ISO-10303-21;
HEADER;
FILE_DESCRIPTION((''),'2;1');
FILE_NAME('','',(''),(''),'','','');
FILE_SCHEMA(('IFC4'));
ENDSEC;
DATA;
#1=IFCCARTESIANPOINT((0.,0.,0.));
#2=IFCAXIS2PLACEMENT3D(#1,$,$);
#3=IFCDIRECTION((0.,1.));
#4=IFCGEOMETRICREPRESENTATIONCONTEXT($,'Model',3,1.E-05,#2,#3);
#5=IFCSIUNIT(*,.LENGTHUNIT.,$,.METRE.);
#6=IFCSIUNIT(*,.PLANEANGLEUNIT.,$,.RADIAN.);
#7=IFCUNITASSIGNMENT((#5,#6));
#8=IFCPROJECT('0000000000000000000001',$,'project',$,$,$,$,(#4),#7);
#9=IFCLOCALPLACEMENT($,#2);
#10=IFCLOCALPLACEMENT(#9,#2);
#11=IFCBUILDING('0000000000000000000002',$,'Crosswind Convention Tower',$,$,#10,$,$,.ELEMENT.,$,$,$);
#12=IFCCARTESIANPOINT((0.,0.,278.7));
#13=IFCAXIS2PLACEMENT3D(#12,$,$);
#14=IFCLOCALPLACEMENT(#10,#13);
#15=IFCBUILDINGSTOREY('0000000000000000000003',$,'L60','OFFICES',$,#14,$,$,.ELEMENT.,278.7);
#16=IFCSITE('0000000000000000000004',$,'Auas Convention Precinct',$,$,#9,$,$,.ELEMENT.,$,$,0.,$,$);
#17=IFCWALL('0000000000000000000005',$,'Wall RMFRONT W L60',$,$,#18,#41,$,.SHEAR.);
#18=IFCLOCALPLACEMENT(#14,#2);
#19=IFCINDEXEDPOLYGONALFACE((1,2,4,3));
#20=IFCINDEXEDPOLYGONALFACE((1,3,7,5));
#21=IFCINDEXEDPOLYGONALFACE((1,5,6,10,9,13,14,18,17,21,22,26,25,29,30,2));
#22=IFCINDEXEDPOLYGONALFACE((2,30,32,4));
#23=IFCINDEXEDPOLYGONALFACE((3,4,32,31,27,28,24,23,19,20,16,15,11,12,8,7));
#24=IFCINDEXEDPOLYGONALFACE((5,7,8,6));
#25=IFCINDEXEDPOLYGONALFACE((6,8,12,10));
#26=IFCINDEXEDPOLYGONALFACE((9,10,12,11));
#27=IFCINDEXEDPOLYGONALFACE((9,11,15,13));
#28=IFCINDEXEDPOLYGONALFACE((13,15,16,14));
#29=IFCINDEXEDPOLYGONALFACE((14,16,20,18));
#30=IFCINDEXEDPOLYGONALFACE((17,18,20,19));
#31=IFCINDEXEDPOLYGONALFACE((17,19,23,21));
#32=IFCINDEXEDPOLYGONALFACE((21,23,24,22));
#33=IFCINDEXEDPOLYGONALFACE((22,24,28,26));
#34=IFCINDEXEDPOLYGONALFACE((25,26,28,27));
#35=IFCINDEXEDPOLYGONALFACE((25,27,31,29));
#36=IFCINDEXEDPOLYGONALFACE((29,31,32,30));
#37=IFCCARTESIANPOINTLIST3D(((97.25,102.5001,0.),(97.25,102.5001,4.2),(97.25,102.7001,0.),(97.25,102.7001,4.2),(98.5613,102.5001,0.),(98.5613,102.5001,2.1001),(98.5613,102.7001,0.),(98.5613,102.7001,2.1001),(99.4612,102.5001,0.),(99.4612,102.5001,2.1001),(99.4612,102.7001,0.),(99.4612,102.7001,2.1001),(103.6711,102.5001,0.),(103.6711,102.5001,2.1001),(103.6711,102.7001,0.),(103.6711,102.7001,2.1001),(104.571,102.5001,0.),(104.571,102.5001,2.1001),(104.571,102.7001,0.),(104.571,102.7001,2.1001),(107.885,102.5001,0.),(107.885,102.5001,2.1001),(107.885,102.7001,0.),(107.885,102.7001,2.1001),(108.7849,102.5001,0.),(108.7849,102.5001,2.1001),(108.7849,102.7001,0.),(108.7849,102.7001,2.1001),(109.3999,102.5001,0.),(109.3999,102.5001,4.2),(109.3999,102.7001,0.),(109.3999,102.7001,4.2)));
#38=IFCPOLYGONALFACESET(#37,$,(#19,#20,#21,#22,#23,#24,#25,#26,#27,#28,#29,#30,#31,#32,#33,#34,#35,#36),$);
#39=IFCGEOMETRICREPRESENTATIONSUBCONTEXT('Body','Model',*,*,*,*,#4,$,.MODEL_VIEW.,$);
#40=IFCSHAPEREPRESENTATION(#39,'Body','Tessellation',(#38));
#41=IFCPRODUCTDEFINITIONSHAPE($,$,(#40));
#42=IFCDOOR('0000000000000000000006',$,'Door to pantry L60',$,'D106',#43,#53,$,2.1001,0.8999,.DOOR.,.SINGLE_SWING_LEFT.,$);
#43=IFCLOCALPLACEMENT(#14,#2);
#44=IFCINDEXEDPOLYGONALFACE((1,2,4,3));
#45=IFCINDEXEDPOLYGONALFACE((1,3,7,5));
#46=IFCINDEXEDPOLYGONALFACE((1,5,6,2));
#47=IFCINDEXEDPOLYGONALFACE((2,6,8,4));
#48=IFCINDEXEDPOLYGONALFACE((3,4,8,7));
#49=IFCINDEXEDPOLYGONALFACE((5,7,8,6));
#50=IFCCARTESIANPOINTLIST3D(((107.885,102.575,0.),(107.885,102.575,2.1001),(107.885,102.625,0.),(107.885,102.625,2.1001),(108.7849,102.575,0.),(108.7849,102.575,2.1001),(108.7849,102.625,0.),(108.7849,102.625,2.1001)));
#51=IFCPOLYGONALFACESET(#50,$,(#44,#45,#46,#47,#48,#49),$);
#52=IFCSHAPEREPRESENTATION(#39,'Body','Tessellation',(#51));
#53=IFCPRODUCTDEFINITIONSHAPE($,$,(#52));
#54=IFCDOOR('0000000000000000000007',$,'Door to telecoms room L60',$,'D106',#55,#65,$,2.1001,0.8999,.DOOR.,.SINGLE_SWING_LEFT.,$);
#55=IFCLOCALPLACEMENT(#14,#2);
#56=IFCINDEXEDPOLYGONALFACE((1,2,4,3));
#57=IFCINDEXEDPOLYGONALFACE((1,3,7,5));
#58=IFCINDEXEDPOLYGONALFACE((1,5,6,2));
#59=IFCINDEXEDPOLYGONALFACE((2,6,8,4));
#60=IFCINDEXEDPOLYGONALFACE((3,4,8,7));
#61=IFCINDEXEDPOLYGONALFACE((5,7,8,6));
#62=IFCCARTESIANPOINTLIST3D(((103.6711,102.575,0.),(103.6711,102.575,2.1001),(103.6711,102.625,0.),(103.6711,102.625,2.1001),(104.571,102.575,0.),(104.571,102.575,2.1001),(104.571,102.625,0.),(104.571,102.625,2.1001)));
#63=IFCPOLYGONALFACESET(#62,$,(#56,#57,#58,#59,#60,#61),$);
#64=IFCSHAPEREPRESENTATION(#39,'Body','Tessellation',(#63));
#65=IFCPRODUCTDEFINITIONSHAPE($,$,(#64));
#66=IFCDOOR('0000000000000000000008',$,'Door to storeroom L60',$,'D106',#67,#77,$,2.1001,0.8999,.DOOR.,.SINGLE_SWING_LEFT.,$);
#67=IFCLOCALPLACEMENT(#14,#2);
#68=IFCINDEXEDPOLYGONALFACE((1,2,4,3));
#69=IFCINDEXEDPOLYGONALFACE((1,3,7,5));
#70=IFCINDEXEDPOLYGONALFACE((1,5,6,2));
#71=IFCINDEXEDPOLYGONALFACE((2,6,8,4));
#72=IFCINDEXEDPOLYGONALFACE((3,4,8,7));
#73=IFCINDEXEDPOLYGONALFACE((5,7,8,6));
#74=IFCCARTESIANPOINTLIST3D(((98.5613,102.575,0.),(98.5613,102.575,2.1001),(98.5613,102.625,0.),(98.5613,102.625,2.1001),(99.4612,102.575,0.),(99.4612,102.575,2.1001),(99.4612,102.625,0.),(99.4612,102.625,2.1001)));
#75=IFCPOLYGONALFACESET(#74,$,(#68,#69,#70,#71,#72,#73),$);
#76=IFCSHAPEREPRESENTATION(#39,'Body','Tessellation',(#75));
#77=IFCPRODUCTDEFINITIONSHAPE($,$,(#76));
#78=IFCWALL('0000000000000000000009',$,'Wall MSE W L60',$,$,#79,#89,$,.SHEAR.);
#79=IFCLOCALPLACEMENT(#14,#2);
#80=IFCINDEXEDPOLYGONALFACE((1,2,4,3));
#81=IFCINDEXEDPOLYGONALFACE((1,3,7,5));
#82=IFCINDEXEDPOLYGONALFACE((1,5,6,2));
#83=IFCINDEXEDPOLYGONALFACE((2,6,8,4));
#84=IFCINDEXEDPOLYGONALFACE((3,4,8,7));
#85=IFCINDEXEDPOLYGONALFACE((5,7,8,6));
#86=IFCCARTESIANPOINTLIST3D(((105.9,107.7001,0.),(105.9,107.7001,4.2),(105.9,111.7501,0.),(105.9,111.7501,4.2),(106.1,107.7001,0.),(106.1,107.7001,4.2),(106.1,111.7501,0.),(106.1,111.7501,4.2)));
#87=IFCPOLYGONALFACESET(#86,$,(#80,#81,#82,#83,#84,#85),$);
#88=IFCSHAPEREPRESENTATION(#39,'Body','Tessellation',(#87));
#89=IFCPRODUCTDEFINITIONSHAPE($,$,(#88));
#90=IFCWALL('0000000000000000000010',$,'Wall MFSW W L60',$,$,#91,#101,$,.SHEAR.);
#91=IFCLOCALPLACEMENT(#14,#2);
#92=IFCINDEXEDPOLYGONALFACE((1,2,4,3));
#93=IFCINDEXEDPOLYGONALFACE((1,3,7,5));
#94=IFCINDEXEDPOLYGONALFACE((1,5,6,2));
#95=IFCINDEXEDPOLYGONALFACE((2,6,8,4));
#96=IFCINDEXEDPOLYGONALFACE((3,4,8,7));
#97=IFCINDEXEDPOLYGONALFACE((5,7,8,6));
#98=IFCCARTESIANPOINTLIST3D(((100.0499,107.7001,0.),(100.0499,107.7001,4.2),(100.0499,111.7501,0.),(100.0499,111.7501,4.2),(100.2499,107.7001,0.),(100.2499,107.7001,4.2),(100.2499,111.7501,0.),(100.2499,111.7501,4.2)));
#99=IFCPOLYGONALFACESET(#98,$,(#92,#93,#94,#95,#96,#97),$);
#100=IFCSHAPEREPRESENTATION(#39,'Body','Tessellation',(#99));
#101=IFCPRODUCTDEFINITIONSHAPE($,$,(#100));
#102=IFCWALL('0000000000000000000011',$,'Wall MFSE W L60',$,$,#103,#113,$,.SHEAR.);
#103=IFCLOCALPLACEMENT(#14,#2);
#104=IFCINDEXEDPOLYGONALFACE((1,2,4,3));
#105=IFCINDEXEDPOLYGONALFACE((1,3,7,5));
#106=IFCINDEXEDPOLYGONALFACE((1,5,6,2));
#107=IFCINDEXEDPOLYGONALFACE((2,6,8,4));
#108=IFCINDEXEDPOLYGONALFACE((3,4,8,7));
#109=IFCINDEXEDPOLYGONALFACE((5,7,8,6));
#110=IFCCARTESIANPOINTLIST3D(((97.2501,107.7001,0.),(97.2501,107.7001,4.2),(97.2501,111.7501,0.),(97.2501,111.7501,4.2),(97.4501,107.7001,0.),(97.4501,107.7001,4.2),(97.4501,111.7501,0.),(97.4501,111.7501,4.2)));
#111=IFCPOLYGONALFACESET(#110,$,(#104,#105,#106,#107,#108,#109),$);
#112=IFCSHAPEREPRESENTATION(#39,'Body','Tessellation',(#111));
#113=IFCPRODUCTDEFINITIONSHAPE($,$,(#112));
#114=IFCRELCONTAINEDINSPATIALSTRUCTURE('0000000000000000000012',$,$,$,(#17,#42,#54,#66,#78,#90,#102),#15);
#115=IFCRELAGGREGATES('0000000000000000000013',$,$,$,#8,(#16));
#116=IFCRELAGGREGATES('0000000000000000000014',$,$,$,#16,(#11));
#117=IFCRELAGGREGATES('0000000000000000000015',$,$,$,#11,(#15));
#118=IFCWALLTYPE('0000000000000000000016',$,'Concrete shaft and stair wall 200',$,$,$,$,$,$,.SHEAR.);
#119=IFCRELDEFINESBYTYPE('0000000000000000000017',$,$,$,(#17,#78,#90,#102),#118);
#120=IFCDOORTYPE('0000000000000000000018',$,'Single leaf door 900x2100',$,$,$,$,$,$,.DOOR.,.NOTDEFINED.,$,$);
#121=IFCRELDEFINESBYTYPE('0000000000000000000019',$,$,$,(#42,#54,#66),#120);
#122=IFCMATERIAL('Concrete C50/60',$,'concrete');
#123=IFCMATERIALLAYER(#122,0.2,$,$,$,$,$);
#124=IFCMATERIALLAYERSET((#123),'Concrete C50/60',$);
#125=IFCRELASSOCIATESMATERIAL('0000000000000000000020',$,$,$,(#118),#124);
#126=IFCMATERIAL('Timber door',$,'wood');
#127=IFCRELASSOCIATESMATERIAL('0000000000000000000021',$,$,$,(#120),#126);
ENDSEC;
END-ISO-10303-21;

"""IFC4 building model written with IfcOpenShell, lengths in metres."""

from ifc_helpers import new_model, si_unit, direction, frame, frame_2d, origin, place, context, subcontext, project, spatial, rectangle, extrude, material, layer, layer_set, type_object, element, fill, save


model = new_model("IFC4")

# Units and contexts
model_context = context("Model", 3, precision=1e-05, world=origin(), true_north=direction((0.0, 1.0)))
body_context = subcontext(model_context, "Body", "Model", "MODEL_VIEW")
ifc_project = project(units=[si_unit("LENGTHUNIT", "METRE"), si_unit("PLANEANGLEUNIT", "RADIAN")], contexts=[model_context])

# Site, building, storey
site_placement = place(None, origin())
site = spatial("IfcSite", under=ifc_project, at=site_placement, Name="Auas Convention Precinct", CompositionType="ELEMENT", RefElevation=0.0)
building_placement = place(site_placement, origin())
building = spatial("IfcBuilding", under=site, at=building_placement, Name="Crosswind Convention Tower", CompositionType="ELEMENT")
storey_placement = place(building_placement, frame((0.0, 0.0, 278.7)))
storey = spatial("IfcBuildingStorey", under=building, at=storey_placement, Name="L60", Description="OFFICES", CompositionType="ELEMENT", Elevation=278.7)

# Shared definitions
ifc_material_1 = material(Name="Concrete C50/60", Category="concrete")
ifc_layer_1 = layer(ifc_material_1, 0.2)
ifc_layer_set_1 = layer_set([ifc_layer_1], Name="Concrete C50/60")
wall_type_1 = type_object("IfcWallType", Name="Concrete shaft and stair wall 200", PredefinedType="SHEAR", material=ifc_layer_set_1)

# Wall, openings, doors
wall_1_placement = place(storey_placement, frame((109.3999, 102.6001, 0.0), z_axis=(0.0, 0.0, 1.0), x_axis=(-1.0, 0.0, 0.0)))
wall_1 = element("IfcWall", 1, at=wall_1_placement, inside=storey, type_object=wall_type_1, Name="Wall RMFRONT W L60", PredefinedType="SHEAR", context=body_context, shape_type="SweptSolid", body=[
    extrude(rectangle(XDim=12.1499, YDim=0.2, at=frame_2d((6.075, 0.0))), origin(), (0.0, 0.0, 1.0), 4.2),
])
opening_1_placement = place(wall_1_placement, frame((0.615, 0.0, 0.0)))
opening_1 = element("IfcOpeningElement", 2, at=opening_1_placement, cuts=wall_1, PredefinedType="OPENING", context=body_context, shape_type="SweptSolid", body=[
    extrude(rectangle(XDim=0.8999, YDim=2.1001, at=frame_2d((0.45, 1.05))), frame((0.0, 0.1099, 0.0), z_axis=(0.0, -1.0, 0.0), x_axis=(1.0, 0.0, 0.0)), (0.0, 0.0, 1.0), 0.22),
])
opening_2_placement = place(wall_1_placement, frame((4.8289, 0.0, 0.0)))
opening_2 = element("IfcOpeningElement", 3, at=opening_2_placement, cuts=wall_1, PredefinedType="OPENING", context=body_context, shape_type="SweptSolid", body=[
    extrude(rectangle(XDim=0.8999, YDim=2.1001, at=frame_2d((0.45, 1.05))), frame((0.0, 0.1099, 0.0), z_axis=(0.0, -1.0, 0.0), x_axis=(1.0, 0.0, 0.0)), (0.0, 0.0, 1.0), 0.22),
])
opening_3_placement = place(wall_1_placement, frame((9.9387, 0.0, 0.0)))
opening_3 = element("IfcOpeningElement", 4, at=opening_3_placement, cuts=wall_1, PredefinedType="OPENING", context=body_context, shape_type="SweptSolid", body=[
    extrude(rectangle(XDim=0.8999, YDim=2.1001, at=frame_2d((0.45, 1.05))), frame((0.0, 0.1099, 0.0), z_axis=(0.0, -1.0, 0.0), x_axis=(1.0, 0.0, 0.0)), (0.0, 0.0, 1.0), 0.22),
])
ifc_material_2 = material(Name="Timber door", Category="wood")
door_type_1 = type_object("IfcDoorType", Name="Single leaf door 900x2100", OperationType="NOTDEFINED", PredefinedType="DOOR", material=ifc_material_2)
door_1_placement = place(opening_1_placement, frame((0.8999, 0.0, 0.0), z_axis=(0.0, 0.0, 1.0), x_axis=(-1.0, 0.0, 0.0)))
door_1 = element("IfcDoor", 5, at=door_1_placement, inside=storey, type_object=door_type_1, Name="Door to pantry L60", ObjectType="D106", OperationType="SINGLE_SWING_LEFT", OverallHeight=2.1001, OverallWidth=0.8999, PredefinedType="DOOR", context=body_context, shape_type="SweptSolid", body=[
    extrude(rectangle(XDim=0.8999, YDim=2.1001, at=frame_2d((0.45, 1.05))), frame((0.0, 0.0249, 0.0), z_axis=(0.0, -1.0, 0.0), x_axis=(1.0, 0.0, 0.0)), (0.0, 0.0, 1.0), 0.05),
])
fill(opening_1, door_1)
door_2_placement = place(opening_2_placement, frame((0.8999, 0.0, 0.0), z_axis=(0.0, 0.0, 1.0), x_axis=(-1.0, 0.0, 0.0)))
door_2 = element("IfcDoor", 6, at=door_2_placement, inside=storey, type_object=door_type_1, Name="Door to telecoms room L60", ObjectType="D106", OperationType="SINGLE_SWING_LEFT", OverallHeight=2.1001, OverallWidth=0.8999, PredefinedType="DOOR", context=body_context, shape_type="SweptSolid", body=[
    extrude(rectangle(XDim=0.8999, YDim=2.1001, at=frame_2d((0.45, 1.05))), frame((0.0, 0.0249, 0.0), z_axis=(0.0, -1.0, 0.0), x_axis=(1.0, 0.0, 0.0)), (0.0, 0.0, 1.0), 0.05),
])
fill(opening_2, door_2)
door_3_placement = place(opening_3_placement, frame((0.8999, 0.0, 0.0), z_axis=(0.0, 0.0, 1.0), x_axis=(-1.0, 0.0, 0.0)))
door_3 = element("IfcDoor", 7, at=door_3_placement, inside=storey, type_object=door_type_1, Name="Door to storeroom L60", ObjectType="D106", OperationType="SINGLE_SWING_LEFT", OverallHeight=2.1001, OverallWidth=0.8999, PredefinedType="DOOR", context=body_context, shape_type="SweptSolid", body=[
    extrude(rectangle(XDim=0.8999, YDim=2.1001, at=frame_2d((0.45, 1.05))), frame((0.0, 0.0249, 0.0), z_axis=(0.0, -1.0, 0.0), x_axis=(1.0, 0.0, 0.0)), (0.0, 0.0, 1.0), 0.05),
])
fill(opening_3, door_3)

# Walls
for number, where, z_axis, x_axis, name in (
    (8, (106.0, 111.75, 0.0), (0.0, 0.0, 1.0), (0.0, -1.0, 0.0), "Wall MSE W L60"),
    (9, (100.1499, 111.75, 0.0), (0.0, 0.0, 1.0), (0.0, -1.0, 0.0), "Wall MFSW W L60"),
    (10, (97.3501, 111.75, 0.0), (0.0, 0.0, 1.0), (0.0, -1.0, 0.0), "Wall MFSE W L60"),
):
    element("IfcWall", number, at=place(storey_placement, frame(where, z_axis=z_axis, x_axis=x_axis)), inside=storey, type_object=wall_type_1, Name=name, PredefinedType="SHEAR", context=body_context, shape_type="SweptSolid", body=[
        extrude(rectangle(XDim=4.05, YDim=0.2, at=frame_2d((2.0249, 0.0))), origin(), (0.0, 0.0, 1.0), 4.2),
    ])

save(model, "model.ifc")
